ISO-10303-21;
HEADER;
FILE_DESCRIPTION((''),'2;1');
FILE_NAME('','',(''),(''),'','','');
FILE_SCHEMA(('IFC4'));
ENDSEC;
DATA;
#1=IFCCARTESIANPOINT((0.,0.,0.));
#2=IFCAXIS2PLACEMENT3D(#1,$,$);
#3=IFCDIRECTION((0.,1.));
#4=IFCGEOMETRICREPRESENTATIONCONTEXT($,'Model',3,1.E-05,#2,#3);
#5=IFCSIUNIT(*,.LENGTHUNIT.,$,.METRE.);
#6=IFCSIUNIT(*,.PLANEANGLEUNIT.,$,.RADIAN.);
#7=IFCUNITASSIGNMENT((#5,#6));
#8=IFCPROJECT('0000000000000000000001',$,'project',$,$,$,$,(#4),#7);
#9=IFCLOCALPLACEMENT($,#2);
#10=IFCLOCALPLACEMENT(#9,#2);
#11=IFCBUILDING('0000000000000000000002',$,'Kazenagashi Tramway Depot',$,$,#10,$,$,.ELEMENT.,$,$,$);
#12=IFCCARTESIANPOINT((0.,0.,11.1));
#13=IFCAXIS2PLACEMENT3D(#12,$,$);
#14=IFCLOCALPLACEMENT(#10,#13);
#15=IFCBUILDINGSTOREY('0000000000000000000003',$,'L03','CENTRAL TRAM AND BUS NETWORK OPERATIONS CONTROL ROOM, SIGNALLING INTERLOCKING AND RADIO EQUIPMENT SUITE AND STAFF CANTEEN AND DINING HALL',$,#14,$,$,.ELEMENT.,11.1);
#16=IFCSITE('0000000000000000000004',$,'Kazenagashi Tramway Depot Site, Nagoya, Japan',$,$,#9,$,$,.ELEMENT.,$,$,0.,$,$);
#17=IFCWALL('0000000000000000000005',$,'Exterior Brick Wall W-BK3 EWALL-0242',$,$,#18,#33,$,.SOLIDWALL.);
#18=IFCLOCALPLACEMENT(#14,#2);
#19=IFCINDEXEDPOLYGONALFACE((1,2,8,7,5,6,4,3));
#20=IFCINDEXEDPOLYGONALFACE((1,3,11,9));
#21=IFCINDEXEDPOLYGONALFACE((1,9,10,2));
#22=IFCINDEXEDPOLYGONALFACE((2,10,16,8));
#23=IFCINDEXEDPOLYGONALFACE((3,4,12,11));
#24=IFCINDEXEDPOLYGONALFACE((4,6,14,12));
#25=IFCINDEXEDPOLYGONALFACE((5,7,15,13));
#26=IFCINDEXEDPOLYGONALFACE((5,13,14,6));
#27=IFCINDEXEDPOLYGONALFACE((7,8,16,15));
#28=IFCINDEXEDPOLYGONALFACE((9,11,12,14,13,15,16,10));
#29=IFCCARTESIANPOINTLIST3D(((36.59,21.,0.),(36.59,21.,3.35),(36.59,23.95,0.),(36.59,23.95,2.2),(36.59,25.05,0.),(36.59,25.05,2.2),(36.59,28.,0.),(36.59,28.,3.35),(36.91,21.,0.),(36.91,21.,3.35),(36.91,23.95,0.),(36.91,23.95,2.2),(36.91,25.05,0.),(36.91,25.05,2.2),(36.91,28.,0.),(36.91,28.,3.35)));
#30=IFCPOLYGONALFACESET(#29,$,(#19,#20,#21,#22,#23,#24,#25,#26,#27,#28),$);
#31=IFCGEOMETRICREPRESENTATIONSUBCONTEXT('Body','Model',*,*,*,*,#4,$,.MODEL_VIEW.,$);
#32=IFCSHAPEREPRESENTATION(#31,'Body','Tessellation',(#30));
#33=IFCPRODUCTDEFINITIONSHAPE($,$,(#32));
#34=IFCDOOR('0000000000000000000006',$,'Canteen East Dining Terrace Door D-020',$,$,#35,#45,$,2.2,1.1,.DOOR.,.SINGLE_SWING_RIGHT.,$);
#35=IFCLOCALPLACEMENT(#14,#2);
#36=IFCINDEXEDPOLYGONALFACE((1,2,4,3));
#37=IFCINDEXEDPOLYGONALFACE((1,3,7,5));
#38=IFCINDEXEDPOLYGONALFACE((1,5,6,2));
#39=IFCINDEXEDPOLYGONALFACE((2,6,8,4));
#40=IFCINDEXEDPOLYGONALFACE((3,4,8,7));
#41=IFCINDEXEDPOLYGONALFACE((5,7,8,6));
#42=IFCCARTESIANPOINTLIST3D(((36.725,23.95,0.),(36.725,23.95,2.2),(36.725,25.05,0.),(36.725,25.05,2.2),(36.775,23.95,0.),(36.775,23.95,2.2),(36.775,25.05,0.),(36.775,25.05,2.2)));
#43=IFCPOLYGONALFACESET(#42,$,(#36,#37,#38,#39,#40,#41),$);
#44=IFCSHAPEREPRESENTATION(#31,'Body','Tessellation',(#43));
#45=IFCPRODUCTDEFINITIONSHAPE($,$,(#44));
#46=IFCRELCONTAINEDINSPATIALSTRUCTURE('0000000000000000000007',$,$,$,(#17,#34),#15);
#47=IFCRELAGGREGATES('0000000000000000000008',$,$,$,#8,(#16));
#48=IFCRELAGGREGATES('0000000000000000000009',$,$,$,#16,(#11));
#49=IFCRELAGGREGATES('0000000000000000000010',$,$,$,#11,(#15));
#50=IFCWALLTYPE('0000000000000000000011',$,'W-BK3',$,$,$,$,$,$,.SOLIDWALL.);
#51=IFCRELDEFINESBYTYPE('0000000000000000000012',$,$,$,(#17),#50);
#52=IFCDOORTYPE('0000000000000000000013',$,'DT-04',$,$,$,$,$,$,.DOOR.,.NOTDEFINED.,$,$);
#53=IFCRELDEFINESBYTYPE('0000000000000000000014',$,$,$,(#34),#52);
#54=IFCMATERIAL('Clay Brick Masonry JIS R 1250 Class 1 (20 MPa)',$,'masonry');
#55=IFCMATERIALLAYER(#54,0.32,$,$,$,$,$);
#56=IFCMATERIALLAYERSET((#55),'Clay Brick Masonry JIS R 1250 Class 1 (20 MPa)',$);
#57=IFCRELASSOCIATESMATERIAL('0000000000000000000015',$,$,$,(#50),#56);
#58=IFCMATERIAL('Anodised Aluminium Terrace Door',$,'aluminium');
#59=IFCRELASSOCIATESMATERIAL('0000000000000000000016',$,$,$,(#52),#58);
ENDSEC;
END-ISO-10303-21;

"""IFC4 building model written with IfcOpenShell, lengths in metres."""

from ifc_helpers import new_model, si_unit, direction, frame, frame_2d, origin, place, context, subcontext, project, spatial, rectangle, extrude, material, layer, layer_set, type_object, element, fill, save


model = new_model("IFC4")

# Units and contexts
model_context = context("Model", 3, precision=1e-05, world=origin(), true_north=direction((0.0, 1.0)))
body_context = subcontext(model_context, "Body", "Model", "MODEL_VIEW")
ifc_project = project(units=[si_unit("LENGTHUNIT", "METRE"), si_unit("PLANEANGLEUNIT", "RADIAN")], contexts=[model_context])

# Site, building, storey
site_placement = place(None, origin())
site = spatial("IfcSite", under=ifc_project, at=site_placement, Name="Kazenagashi Tramway Depot Site, Nagoya, Japan", CompositionType="ELEMENT", RefElevation=0.0)
building_placement = place(site_placement, origin())
building = spatial("IfcBuilding", under=site, at=building_placement, Name="Kazenagashi Tramway Depot", CompositionType="ELEMENT")
storey_placement = place(building_placement, frame((0.0, 0.0, 11.1)))
storey = spatial("IfcBuildingStorey", under=building, at=storey_placement, Name="L03", Description="CENTRAL TRAM AND BUS NETWORK OPERATIONS CONTROL ROOM, SIGNALLING INTERLOCKING AND RADIO EQUIPMENT SUITE AND STAFF CANTEEN AND DINING HALL", CompositionType="ELEMENT", Elevation=11.1)

# Wall, opening, door
ifc_material_1 = material(Name="Clay Brick Masonry JIS R 1250 Class 1 (20 MPa)", Category="masonry")
ifc_layer_1 = layer(ifc_material_1, 0.32)
ifc_layer_set_1 = layer_set([ifc_layer_1], Name="Clay Brick Masonry JIS R 1250 Class 1 (20 MPa)")
wall_type = type_object("IfcWallType", Name="W-BK3", PredefinedType="SOLIDWALL", material=ifc_layer_set_1)
wall_placement = place(storey_placement, frame((36.75, 21.0, 0.0), z_axis=(0.0, 0.0, 1.0), x_axis=(0.0, 1.0, 0.0)))
wall = element("IfcWall", 1, at=wall_placement, inside=storey, type_object=wall_type, Name="Exterior Brick Wall W-BK3 EWALL-0242", PredefinedType="SOLIDWALL", context=body_context, shape_type="SweptSolid", body=[
    extrude(rectangle(XDim=7.0, YDim=0.32, at=frame_2d((3.5, 0.0))), origin(), (0.0, 0.0, 1.0), 3.35),
])
opening_placement = place(wall_placement, frame((2.95, 0.0, 0.0)))
opening = element("IfcOpeningElement", 2, at=opening_placement, cuts=wall, PredefinedType="OPENING", context=body_context, shape_type="SweptSolid", body=[
    extrude(rectangle(XDim=1.1, YDim=2.2, at=frame_2d((0.55, 1.1))), frame((0.0, 0.17, 0.0), z_axis=(0.0, -1.0, 0.0), x_axis=(1.0, 0.0, 0.0)), (0.0, 0.0, 1.0), 0.34),
])
ifc_material_2 = material(Name="Anodised Aluminium Terrace Door", Category="aluminium")
door_type = type_object("IfcDoorType", Name="DT-04", OperationType="NOTDEFINED", PredefinedType="DOOR", material=ifc_material_2)
door_placement = place(opening_placement, frame((1.1, 0.0, 0.0), z_axis=(0.0, 0.0, 1.0), x_axis=(-1.0, 0.0, 0.0)))
door = element("IfcDoor", 3, at=door_placement, inside=storey, type_object=door_type, Name="Canteen East Dining Terrace Door D-020", OperationType="SINGLE_SWING_RIGHT", OverallHeight=2.2, OverallWidth=1.1, PredefinedType="DOOR", context=body_context, shape_type="SweptSolid", body=[
    extrude(rectangle(XDim=1.1, YDim=2.2, at=frame_2d((0.55, 1.1))), frame((0.0, 0.025, 0.0), z_axis=(0.0, -1.0, 0.0), x_axis=(1.0, 0.0, 0.0)), (0.0, 0.0, 1.0), 0.05),
])
fill(opening, door)

save(model, "model.ifc")
